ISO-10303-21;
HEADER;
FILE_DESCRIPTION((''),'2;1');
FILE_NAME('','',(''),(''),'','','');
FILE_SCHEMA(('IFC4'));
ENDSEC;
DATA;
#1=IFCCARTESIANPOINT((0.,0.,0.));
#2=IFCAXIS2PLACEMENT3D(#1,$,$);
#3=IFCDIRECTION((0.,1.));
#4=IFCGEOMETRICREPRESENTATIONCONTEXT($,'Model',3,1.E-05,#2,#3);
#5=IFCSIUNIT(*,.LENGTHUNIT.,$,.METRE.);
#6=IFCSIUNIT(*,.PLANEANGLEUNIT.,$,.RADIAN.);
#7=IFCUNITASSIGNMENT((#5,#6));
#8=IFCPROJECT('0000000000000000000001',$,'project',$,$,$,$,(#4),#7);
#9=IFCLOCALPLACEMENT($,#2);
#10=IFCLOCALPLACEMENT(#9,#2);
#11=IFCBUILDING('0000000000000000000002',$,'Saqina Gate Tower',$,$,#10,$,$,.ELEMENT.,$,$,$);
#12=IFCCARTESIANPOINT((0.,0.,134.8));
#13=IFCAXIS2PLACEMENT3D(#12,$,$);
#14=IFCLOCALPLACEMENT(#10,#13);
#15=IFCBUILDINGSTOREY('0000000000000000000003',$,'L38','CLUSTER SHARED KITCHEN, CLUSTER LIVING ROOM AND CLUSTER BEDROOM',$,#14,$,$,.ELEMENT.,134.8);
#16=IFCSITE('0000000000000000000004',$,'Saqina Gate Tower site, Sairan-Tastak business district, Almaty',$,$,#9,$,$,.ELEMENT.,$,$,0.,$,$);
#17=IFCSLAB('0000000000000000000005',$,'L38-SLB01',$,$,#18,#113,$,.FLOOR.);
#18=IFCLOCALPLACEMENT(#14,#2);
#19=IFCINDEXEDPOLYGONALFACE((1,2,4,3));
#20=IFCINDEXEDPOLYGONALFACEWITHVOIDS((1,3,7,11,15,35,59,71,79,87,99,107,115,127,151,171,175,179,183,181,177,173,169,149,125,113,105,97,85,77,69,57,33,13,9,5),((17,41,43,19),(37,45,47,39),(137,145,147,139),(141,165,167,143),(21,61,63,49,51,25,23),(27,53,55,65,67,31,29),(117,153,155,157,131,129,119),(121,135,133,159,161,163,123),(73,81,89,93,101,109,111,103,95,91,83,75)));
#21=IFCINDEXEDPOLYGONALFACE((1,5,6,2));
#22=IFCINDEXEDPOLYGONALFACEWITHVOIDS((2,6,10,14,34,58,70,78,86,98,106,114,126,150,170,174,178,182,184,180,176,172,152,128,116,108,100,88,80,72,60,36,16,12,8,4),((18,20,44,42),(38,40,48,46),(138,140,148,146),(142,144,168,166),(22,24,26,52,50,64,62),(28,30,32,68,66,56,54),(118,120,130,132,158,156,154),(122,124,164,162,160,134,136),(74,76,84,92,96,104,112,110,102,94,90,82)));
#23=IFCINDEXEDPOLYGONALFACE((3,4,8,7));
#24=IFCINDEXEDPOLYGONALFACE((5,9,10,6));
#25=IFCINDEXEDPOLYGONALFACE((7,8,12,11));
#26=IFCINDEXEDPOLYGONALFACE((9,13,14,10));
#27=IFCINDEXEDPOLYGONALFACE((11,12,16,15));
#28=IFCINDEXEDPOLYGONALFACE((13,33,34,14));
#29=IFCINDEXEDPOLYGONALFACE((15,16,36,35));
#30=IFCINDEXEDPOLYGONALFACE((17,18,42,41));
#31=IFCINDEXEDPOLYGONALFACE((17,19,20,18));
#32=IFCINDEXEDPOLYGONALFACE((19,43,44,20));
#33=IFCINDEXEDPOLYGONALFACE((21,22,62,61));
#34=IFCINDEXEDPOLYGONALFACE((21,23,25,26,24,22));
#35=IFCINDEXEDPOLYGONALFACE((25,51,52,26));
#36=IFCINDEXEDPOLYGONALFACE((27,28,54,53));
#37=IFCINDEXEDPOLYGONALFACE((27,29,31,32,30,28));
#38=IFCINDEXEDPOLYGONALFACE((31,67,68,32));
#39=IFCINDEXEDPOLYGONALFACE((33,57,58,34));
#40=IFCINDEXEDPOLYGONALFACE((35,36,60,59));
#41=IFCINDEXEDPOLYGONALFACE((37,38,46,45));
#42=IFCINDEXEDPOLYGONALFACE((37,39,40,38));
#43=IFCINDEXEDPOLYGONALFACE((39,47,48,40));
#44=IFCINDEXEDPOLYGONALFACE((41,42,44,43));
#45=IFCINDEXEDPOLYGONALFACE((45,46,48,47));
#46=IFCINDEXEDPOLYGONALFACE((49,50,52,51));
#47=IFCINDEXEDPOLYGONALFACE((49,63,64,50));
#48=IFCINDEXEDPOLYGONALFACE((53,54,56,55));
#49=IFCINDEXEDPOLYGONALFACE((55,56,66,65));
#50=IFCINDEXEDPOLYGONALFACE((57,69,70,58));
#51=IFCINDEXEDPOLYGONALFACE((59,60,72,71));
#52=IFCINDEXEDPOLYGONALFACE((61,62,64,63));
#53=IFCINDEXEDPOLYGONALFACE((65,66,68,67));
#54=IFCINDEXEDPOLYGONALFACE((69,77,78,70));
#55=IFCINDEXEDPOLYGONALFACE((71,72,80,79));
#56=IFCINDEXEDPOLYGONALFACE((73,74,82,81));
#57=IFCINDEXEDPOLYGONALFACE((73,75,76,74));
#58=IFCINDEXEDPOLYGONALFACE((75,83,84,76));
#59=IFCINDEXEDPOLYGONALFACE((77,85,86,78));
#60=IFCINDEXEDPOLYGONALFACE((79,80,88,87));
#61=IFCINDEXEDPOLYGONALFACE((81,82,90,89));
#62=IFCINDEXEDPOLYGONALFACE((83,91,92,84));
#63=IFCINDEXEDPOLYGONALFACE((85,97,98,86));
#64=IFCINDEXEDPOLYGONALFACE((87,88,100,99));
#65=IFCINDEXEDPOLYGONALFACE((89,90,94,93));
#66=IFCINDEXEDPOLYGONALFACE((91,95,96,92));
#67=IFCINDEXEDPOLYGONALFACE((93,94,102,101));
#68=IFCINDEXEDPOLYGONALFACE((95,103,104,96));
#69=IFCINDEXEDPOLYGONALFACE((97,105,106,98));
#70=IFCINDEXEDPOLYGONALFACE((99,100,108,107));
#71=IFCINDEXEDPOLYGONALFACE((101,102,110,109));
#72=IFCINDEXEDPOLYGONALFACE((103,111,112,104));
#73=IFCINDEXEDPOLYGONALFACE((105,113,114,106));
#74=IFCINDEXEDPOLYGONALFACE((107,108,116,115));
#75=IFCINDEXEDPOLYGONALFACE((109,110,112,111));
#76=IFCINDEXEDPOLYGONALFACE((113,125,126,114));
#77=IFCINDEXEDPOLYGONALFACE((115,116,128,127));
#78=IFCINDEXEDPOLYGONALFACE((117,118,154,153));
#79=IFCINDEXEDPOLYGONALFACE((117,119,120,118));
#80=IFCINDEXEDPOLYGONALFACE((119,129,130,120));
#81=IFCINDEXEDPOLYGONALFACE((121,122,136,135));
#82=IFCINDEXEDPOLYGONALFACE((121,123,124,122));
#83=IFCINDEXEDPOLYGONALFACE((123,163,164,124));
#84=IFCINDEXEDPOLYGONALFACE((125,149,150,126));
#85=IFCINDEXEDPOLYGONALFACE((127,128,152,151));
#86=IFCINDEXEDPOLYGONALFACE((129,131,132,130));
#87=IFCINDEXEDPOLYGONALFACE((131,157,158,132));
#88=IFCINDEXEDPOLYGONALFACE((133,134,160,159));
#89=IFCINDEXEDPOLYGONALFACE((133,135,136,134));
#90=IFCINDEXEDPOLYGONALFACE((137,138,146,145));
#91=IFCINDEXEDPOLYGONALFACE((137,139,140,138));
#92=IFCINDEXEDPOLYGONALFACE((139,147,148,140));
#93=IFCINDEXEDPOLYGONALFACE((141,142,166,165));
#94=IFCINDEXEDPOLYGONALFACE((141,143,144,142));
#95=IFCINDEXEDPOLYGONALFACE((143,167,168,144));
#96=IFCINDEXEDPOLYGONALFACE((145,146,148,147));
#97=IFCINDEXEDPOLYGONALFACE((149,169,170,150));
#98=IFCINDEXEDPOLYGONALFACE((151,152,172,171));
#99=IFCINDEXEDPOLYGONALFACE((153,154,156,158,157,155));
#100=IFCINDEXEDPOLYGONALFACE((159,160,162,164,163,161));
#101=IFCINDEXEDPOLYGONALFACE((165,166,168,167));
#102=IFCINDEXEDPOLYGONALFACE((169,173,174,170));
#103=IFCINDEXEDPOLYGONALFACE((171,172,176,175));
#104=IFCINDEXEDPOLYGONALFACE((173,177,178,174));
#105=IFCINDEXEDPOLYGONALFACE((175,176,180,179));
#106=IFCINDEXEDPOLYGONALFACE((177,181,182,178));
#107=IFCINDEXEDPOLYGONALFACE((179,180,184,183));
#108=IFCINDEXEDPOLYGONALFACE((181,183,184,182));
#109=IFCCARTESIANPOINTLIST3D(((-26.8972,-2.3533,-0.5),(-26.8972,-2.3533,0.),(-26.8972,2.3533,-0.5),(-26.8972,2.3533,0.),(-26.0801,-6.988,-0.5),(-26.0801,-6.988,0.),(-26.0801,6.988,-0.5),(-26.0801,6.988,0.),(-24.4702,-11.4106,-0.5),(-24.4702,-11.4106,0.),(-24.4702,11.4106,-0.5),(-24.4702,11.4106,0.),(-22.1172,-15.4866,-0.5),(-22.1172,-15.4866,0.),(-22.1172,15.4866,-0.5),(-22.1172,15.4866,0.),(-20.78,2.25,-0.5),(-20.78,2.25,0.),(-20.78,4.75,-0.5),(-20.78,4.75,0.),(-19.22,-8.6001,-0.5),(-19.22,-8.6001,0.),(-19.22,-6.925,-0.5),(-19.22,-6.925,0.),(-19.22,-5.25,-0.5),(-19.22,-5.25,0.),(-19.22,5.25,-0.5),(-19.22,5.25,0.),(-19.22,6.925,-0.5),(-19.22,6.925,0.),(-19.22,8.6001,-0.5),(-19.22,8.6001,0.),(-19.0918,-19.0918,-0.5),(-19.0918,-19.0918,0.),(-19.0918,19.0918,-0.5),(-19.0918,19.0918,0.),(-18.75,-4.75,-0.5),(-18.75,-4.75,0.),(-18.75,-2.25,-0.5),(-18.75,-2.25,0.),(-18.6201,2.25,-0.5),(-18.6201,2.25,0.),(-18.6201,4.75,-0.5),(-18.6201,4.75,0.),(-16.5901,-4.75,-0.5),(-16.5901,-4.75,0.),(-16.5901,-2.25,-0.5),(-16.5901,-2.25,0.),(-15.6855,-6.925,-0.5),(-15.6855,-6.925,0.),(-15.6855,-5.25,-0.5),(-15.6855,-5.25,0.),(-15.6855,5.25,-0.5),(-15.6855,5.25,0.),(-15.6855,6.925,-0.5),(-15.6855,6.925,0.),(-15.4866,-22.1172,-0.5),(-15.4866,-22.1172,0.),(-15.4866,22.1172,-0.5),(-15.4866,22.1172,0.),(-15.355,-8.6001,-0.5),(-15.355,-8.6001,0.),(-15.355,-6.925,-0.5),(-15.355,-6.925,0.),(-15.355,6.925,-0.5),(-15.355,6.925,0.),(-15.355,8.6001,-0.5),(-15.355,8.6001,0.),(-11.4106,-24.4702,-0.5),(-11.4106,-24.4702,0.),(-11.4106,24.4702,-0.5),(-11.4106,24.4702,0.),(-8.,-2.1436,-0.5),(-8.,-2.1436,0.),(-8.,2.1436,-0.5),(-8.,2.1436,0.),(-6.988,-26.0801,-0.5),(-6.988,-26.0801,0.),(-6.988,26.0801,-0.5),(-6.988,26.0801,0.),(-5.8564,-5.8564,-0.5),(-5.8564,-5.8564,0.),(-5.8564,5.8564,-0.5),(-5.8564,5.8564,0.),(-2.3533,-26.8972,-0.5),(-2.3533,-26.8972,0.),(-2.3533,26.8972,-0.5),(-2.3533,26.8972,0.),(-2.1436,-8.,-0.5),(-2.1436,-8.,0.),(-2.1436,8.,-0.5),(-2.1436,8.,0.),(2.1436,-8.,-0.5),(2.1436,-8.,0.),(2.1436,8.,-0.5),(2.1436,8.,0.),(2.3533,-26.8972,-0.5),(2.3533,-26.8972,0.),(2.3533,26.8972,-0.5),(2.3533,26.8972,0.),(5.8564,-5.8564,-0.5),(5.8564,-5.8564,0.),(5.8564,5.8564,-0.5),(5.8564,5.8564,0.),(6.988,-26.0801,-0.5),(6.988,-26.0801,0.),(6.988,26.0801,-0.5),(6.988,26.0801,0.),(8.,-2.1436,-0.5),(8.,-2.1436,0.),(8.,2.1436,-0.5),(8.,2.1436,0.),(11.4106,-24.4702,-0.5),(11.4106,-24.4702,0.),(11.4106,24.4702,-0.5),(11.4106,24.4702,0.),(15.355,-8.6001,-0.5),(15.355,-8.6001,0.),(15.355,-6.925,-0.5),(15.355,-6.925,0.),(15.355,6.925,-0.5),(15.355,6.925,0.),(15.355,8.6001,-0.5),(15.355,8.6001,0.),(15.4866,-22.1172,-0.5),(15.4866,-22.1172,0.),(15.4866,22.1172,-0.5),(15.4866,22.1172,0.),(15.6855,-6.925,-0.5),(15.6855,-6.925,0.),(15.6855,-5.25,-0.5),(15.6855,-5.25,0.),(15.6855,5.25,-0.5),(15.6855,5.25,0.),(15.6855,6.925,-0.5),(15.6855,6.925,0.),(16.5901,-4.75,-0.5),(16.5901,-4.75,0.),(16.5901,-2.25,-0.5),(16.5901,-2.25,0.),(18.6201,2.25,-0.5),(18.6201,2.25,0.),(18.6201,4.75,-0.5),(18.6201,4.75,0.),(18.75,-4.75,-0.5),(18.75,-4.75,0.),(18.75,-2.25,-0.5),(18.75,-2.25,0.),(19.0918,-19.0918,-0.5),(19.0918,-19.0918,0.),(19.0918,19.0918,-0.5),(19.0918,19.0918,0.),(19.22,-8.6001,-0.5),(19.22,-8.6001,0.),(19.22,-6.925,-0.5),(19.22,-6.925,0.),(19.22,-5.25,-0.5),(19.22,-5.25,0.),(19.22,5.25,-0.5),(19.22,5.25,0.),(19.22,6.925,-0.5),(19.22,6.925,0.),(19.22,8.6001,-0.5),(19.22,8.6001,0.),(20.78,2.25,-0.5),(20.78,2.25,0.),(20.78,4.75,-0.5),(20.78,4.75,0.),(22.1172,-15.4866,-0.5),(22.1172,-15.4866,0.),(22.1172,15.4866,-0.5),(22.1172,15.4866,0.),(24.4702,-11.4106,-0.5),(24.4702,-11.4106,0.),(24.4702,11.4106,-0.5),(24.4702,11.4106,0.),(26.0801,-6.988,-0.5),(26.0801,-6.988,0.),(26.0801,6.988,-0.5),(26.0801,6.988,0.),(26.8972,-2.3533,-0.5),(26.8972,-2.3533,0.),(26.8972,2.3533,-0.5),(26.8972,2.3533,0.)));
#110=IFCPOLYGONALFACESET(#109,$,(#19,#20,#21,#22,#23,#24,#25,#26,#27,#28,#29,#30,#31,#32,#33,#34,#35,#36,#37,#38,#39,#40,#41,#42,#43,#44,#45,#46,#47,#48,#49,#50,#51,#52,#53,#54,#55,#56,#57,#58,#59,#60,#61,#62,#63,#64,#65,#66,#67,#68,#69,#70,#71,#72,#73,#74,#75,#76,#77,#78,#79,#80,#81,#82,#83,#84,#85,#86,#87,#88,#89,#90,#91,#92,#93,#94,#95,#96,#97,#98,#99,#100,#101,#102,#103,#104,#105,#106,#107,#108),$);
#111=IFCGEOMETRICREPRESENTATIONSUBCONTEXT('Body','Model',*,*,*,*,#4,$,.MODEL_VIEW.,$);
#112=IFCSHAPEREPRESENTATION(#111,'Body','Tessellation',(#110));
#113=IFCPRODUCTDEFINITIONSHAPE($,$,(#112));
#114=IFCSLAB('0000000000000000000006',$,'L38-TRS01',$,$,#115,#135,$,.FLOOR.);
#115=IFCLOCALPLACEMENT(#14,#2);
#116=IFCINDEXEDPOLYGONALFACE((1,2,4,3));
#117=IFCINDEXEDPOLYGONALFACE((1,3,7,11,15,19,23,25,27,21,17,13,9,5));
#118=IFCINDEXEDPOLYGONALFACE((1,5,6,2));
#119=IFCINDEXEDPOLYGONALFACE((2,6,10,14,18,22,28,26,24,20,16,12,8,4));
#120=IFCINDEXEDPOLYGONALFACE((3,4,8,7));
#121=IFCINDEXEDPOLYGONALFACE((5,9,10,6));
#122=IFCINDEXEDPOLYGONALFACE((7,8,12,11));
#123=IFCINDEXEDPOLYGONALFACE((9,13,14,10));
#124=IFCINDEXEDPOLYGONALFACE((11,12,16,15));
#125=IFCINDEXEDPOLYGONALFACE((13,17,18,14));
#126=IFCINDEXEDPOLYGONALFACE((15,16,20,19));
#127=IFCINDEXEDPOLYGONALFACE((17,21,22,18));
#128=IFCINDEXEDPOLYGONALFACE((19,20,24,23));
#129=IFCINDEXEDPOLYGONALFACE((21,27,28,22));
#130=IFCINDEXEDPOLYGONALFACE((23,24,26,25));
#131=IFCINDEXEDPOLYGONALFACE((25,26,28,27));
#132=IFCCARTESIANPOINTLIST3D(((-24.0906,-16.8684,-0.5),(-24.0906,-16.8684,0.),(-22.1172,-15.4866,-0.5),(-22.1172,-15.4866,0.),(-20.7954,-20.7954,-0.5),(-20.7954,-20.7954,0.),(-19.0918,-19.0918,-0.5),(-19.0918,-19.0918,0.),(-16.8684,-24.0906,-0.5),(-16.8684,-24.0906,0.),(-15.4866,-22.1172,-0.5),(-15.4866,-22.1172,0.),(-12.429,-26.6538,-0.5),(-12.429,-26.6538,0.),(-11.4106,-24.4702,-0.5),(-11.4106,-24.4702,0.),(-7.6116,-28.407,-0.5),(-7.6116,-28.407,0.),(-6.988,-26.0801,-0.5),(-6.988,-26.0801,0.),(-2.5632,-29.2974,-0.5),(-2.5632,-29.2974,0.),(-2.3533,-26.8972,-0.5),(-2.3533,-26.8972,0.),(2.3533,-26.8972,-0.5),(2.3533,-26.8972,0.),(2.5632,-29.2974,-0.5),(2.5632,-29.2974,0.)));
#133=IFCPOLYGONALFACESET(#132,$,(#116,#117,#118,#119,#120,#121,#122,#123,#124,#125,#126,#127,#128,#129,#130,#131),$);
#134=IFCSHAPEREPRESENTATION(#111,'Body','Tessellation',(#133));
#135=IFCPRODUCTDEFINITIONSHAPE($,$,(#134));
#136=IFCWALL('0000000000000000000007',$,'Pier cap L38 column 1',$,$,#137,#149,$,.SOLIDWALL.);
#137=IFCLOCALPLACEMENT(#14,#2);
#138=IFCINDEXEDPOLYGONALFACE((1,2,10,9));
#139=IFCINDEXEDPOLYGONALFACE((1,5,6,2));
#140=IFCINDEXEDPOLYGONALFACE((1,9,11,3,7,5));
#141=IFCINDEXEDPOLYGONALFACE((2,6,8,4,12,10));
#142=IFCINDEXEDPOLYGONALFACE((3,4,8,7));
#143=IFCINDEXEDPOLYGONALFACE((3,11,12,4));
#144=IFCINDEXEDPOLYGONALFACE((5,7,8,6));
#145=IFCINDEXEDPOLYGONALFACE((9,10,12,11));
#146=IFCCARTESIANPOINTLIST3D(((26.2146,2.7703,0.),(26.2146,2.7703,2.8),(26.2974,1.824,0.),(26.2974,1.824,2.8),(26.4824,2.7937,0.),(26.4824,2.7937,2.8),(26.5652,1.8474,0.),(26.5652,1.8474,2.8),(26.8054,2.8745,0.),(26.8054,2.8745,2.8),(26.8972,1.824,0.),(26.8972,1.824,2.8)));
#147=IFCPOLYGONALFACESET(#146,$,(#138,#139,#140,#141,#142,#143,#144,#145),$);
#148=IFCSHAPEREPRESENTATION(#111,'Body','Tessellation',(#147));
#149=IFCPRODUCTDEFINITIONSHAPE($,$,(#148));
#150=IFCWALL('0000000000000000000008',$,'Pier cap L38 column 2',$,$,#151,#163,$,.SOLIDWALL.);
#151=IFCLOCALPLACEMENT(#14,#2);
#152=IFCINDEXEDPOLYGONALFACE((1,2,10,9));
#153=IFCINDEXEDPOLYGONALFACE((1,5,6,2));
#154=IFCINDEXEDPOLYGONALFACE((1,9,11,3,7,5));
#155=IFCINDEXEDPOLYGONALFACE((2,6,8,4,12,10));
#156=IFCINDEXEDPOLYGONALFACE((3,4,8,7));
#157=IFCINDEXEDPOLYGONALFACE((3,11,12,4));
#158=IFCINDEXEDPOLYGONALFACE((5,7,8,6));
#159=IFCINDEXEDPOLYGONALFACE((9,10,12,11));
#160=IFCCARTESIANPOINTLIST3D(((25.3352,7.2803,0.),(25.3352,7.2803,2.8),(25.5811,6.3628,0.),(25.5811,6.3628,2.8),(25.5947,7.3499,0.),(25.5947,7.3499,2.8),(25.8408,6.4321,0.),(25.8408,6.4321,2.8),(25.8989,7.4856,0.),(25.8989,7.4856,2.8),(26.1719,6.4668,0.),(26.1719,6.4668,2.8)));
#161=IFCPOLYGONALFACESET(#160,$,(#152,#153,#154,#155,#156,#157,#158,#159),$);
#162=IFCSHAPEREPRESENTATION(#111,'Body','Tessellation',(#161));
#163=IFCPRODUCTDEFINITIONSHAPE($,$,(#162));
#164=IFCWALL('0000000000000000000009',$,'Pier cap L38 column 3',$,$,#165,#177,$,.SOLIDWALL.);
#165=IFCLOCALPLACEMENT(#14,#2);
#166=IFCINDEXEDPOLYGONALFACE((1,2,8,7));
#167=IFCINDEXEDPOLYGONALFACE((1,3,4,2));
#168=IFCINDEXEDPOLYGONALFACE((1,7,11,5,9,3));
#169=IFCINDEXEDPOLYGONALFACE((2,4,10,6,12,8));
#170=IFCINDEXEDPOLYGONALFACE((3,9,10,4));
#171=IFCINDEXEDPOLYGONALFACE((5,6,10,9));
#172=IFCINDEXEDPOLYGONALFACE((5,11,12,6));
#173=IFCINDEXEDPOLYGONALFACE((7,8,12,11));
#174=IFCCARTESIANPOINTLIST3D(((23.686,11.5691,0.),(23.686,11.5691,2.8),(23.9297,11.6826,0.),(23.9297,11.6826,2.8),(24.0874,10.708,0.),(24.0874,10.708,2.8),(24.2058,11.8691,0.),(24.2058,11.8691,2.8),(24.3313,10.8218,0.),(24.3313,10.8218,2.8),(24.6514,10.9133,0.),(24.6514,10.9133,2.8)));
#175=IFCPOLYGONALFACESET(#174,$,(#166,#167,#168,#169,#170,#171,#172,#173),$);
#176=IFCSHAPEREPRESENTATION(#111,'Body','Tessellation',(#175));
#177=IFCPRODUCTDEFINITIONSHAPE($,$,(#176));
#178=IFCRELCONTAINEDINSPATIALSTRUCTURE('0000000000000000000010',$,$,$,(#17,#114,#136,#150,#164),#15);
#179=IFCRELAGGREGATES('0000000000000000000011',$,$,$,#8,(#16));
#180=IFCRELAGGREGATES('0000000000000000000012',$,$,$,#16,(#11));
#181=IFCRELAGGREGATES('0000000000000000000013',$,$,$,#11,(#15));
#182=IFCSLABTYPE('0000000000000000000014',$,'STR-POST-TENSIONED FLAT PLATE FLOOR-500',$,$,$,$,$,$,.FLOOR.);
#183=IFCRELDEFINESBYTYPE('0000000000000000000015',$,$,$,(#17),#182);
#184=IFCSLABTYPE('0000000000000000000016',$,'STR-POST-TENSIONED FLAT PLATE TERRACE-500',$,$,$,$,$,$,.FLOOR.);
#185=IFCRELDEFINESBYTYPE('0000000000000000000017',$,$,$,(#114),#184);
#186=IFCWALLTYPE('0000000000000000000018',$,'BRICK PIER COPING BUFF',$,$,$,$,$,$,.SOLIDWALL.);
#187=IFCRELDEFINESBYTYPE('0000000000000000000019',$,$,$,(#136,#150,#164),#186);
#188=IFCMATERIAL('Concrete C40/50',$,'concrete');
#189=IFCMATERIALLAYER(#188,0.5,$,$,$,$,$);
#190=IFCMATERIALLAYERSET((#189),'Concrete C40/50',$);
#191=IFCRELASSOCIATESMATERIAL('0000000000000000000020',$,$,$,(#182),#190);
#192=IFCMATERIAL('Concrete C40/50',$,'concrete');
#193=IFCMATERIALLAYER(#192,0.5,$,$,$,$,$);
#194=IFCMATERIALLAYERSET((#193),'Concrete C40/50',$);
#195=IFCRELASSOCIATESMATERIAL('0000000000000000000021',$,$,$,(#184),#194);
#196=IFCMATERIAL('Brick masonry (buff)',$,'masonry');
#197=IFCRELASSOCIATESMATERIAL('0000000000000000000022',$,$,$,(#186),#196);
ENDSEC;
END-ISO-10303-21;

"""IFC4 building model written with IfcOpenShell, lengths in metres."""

from ifc_helpers import new_model, si_unit, direction, frame, origin, place, context, subcontext, project, spatial, polyline, outline, extrude, material, layer, layer_set, type_object, element, save


model = new_model("IFC4")

# Units and contexts
model_context = context("Model", 3, precision=1e-05, world=origin(), true_north=direction((0.0, 1.0)))
body_context = subcontext(model_context, "Body", "Model", "MODEL_VIEW")
ifc_project = project(units=[si_unit("LENGTHUNIT", "METRE"), si_unit("PLANEANGLEUNIT", "RADIAN")], contexts=[model_context])

# Site, building, storey
site_placement = place(None, origin())
site = spatial("IfcSite", under=ifc_project, at=site_placement, Name="Saqina Gate Tower site, Sairan-Tastak business district, Almaty", CompositionType="ELEMENT", RefElevation=0.0)
building_placement = place(site_placement, origin())
building = spatial("IfcBuilding", under=site, at=building_placement, Name="Saqina Gate Tower", CompositionType="ELEMENT")
storey_placement = place(building_placement, frame((0.0, 0.0, 134.8)))
storey = spatial("IfcBuildingStorey", under=building, at=storey_placement, Name="L38", Description="CLUSTER SHARED KITCHEN, CLUSTER LIVING ROOM AND CLUSTER BEDROOM", CompositionType="ELEMENT", Elevation=134.8)

# Slabs
ifc_material_1 = material(Name="Concrete C40/50", Category="concrete")
ifc_layer_1 = layer(ifc_material_1, 0.5)
ifc_layer_set_1 = layer_set([ifc_layer_1], Name="Concrete C40/50")
slab_type_1 = type_object("IfcSlabType", Name="STR-POST-TENSIONED FLAT PLATE FLOOR-500", PredefinedType="FLOOR", material=ifc_layer_set_1)
slab_1_placement = place(storey_placement, frame((0.0, 0.0, -0.5)))
element("IfcSlab", 1, at=slab_1_placement, inside=storey, type_object=slab_type_1, Name="L38-SLB01", PredefinedType="FLOOR", context=body_context, shape_type="SweptSolid", body=[
    extrude(outline(polyline([(26.0801, -6.988), (26.8972, -2.3533), (26.8972, 2.3533), (26.0801, 6.988), (24.4702, 11.4106), (22.1172, 15.4866), (19.0918, 19.0918), (15.4866, 22.1172), (11.4106, 24.4702), (6.988, 26.0801), (2.3533, 26.8972), (-2.3533, 26.8972), (-6.988, 26.0801), (-11.4106, 24.4702), (-15.4866, 22.1172), (-19.0918, 19.0918), (-22.1172, 15.4866), (-24.4702, 11.4106), (-26.0801, 6.988), (-26.8972, 2.3533), (-26.8972, -2.3533), (-26.0801, -6.988), (-24.4702, -11.4106), (-22.1172, -15.4866), (-19.0918, -19.0918), (-15.4866, -22.1172), (-11.4106, -24.4702), (-6.988, -26.0801), (-2.3533, -26.8972), (2.3533, -26.8972), (6.988, -26.0801), (11.4106, -24.4702), (15.4866, -22.1172), (19.0918, -19.0918), (22.1172, -15.4866), (24.4702, -11.4106), (26.0801, -6.988)]), holes=[polyline([(2.1436, 8.0), (5.8564, 5.8564), (8.0, 2.1436), (8.0, -2.1436), (5.8564, -5.8564), (2.1436, -8.0), (-2.1436, -8.0), (-5.8564, -5.8564), (-8.0, -2.1436), (-8.0, 2.1436), (-5.8564, 5.8564), (-2.1436, 8.0), (2.1436, 8.0)]), polyline([(-15.355, -8.6001), (-19.22, -8.6001), (-19.22, -6.925), (-19.22, -5.25), (-15.6855, -5.25), (-15.6855, -6.925), (-15.355, -6.925), (-15.355, -8.6001)]), polyline([(-16.5901, -2.25), (-16.5901, -4.75), (-18.75, -4.75), (-18.75, -2.25), (-16.5901, -2.25)]), polyline([(-20.78, 4.75), (-18.6201, 4.75), (-18.6201, 2.25), (-20.78, 2.25), (-20.78, 4.75)]), polyline([(-19.22, 6.925), (-19.22, 8.6001), (-15.355, 8.6001), (-15.355, 6.925), (-15.6855, 6.925), (-15.6855, 5.25), (-19.22, 5.25), (-19.22, 6.925)]), polyline([(15.355, -8.6001), (15.355, -6.925), (15.6855, -6.925), (15.6855, -5.25), (19.22, -5.25), (19.22, -6.925), (19.22, -8.6001), (15.355, -8.6001)]), polyline([(18.75, -2.25), (18.75, -4.75), (16.5901, -4.75), (16.5901, -2.25), (18.75, -2.25)]), polyline([(18.6201, 4.75), (20.78, 4.75), (20.78, 2.25), (18.6201, 2.25), (18.6201, 4.75)]), polyline([(15.6855, 6.925), (15.355, 6.925), (15.355, 8.6001), (19.22, 8.6001), (19.22, 6.925), (19.22, 5.25), (15.6855, 5.25), (15.6855, 6.925)])]), origin(), (0.0, 0.0, 1.0), 0.5),
])
ifc_material_2 = material(Name="Concrete C40/50", Category="concrete")
ifc_layer_2 = layer(ifc_material_2, 0.5)
ifc_layer_set_2 = layer_set([ifc_layer_2], Name="Concrete C40/50")
slab_type_2 = type_object("IfcSlabType", Name="STR-POST-TENSIONED FLAT PLATE TERRACE-500", PredefinedType="FLOOR", material=ifc_layer_set_2)
slab_2_placement = place(storey_placement, frame((0.0, 0.0, -0.5)))
element("IfcSlab", 2, at=slab_2_placement, inside=storey, type_object=slab_type_2, Name="L38-TRS01", PredefinedType="FLOOR", context=body_context, shape_type="SweptSolid", body=[
    extrude(outline(polyline([(-22.1172, -15.4866), (-19.0918, -19.0918), (-15.4866, -22.1172), (-11.4106, -24.4702), (-6.988, -26.0801), (-2.3533, -26.8972), (2.3533, -26.8972), (2.5632, -29.2974), (-2.5632, -29.2974), (-7.6116, -28.407), (-12.429, -26.6538), (-16.8684, -24.0906), (-20.7954, -20.7954), (-24.0906, -16.8684), (-22.1172, -15.4866)])), origin(), (0.0, 0.0, 1.0), 0.5),
])

# Walls
ifc_material_3 = material(Name="Brick masonry (buff)", Category="masonry")
wall_type_1 = type_object("IfcWallType", Name="BRICK PIER COPING BUFF", PredefinedType="SOLIDWALL", material=ifc_material_3)
wall_1_placement = place(storey_placement, origin())
element("IfcWall", 3, at=wall_1_placement, inside=storey, type_object=wall_type_1, Name="Pier cap L38 column 1", PredefinedType="SOLIDWALL", context=body_context, shape_type="SweptSolid", body=[
    extrude(outline(polyline([(26.8054, 2.8745), (26.2146, 2.7703), (26.4824, 2.7937), (26.5652, 1.8474), (26.2974, 1.824), (26.8972, 1.824), (26.8054, 2.8745)])), origin(), (0.0, 0.0, 1.0), 2.8),
])
wall_2_placement = place(storey_placement, origin())
element("IfcWall", 4, at=wall_2_placement, inside=storey, type_object=wall_type_1, Name="Pier cap L38 column 2", PredefinedType="SOLIDWALL", context=body_context, shape_type="SweptSolid", body=[
    extrude(outline(polyline([(26.1719, 6.4668), (25.8989, 7.4856), (25.3352, 7.2803), (25.5947, 7.3499), (25.8408, 6.4321), (25.5811, 6.3628), (26.1719, 6.4668)])), origin(), (0.0, 0.0, 1.0), 2.8),
])
wall_3_placement = place(storey_placement, origin())
element("IfcWall", 5, at=wall_3_placement, inside=storey, type_object=wall_type_1, Name="Pier cap L38 column 3", PredefinedType="SOLIDWALL", context=body_context, shape_type="SweptSolid", body=[
    extrude(outline(polyline([(24.6514, 10.9133), (24.2058, 11.8691), (23.686, 11.5691), (23.9297, 11.6826), (24.3313, 10.8218), (24.0874, 10.708), (24.6514, 10.9133)])), origin(), (0.0, 0.0, 1.0), 2.8),
])

save(model, "model.ifc")
